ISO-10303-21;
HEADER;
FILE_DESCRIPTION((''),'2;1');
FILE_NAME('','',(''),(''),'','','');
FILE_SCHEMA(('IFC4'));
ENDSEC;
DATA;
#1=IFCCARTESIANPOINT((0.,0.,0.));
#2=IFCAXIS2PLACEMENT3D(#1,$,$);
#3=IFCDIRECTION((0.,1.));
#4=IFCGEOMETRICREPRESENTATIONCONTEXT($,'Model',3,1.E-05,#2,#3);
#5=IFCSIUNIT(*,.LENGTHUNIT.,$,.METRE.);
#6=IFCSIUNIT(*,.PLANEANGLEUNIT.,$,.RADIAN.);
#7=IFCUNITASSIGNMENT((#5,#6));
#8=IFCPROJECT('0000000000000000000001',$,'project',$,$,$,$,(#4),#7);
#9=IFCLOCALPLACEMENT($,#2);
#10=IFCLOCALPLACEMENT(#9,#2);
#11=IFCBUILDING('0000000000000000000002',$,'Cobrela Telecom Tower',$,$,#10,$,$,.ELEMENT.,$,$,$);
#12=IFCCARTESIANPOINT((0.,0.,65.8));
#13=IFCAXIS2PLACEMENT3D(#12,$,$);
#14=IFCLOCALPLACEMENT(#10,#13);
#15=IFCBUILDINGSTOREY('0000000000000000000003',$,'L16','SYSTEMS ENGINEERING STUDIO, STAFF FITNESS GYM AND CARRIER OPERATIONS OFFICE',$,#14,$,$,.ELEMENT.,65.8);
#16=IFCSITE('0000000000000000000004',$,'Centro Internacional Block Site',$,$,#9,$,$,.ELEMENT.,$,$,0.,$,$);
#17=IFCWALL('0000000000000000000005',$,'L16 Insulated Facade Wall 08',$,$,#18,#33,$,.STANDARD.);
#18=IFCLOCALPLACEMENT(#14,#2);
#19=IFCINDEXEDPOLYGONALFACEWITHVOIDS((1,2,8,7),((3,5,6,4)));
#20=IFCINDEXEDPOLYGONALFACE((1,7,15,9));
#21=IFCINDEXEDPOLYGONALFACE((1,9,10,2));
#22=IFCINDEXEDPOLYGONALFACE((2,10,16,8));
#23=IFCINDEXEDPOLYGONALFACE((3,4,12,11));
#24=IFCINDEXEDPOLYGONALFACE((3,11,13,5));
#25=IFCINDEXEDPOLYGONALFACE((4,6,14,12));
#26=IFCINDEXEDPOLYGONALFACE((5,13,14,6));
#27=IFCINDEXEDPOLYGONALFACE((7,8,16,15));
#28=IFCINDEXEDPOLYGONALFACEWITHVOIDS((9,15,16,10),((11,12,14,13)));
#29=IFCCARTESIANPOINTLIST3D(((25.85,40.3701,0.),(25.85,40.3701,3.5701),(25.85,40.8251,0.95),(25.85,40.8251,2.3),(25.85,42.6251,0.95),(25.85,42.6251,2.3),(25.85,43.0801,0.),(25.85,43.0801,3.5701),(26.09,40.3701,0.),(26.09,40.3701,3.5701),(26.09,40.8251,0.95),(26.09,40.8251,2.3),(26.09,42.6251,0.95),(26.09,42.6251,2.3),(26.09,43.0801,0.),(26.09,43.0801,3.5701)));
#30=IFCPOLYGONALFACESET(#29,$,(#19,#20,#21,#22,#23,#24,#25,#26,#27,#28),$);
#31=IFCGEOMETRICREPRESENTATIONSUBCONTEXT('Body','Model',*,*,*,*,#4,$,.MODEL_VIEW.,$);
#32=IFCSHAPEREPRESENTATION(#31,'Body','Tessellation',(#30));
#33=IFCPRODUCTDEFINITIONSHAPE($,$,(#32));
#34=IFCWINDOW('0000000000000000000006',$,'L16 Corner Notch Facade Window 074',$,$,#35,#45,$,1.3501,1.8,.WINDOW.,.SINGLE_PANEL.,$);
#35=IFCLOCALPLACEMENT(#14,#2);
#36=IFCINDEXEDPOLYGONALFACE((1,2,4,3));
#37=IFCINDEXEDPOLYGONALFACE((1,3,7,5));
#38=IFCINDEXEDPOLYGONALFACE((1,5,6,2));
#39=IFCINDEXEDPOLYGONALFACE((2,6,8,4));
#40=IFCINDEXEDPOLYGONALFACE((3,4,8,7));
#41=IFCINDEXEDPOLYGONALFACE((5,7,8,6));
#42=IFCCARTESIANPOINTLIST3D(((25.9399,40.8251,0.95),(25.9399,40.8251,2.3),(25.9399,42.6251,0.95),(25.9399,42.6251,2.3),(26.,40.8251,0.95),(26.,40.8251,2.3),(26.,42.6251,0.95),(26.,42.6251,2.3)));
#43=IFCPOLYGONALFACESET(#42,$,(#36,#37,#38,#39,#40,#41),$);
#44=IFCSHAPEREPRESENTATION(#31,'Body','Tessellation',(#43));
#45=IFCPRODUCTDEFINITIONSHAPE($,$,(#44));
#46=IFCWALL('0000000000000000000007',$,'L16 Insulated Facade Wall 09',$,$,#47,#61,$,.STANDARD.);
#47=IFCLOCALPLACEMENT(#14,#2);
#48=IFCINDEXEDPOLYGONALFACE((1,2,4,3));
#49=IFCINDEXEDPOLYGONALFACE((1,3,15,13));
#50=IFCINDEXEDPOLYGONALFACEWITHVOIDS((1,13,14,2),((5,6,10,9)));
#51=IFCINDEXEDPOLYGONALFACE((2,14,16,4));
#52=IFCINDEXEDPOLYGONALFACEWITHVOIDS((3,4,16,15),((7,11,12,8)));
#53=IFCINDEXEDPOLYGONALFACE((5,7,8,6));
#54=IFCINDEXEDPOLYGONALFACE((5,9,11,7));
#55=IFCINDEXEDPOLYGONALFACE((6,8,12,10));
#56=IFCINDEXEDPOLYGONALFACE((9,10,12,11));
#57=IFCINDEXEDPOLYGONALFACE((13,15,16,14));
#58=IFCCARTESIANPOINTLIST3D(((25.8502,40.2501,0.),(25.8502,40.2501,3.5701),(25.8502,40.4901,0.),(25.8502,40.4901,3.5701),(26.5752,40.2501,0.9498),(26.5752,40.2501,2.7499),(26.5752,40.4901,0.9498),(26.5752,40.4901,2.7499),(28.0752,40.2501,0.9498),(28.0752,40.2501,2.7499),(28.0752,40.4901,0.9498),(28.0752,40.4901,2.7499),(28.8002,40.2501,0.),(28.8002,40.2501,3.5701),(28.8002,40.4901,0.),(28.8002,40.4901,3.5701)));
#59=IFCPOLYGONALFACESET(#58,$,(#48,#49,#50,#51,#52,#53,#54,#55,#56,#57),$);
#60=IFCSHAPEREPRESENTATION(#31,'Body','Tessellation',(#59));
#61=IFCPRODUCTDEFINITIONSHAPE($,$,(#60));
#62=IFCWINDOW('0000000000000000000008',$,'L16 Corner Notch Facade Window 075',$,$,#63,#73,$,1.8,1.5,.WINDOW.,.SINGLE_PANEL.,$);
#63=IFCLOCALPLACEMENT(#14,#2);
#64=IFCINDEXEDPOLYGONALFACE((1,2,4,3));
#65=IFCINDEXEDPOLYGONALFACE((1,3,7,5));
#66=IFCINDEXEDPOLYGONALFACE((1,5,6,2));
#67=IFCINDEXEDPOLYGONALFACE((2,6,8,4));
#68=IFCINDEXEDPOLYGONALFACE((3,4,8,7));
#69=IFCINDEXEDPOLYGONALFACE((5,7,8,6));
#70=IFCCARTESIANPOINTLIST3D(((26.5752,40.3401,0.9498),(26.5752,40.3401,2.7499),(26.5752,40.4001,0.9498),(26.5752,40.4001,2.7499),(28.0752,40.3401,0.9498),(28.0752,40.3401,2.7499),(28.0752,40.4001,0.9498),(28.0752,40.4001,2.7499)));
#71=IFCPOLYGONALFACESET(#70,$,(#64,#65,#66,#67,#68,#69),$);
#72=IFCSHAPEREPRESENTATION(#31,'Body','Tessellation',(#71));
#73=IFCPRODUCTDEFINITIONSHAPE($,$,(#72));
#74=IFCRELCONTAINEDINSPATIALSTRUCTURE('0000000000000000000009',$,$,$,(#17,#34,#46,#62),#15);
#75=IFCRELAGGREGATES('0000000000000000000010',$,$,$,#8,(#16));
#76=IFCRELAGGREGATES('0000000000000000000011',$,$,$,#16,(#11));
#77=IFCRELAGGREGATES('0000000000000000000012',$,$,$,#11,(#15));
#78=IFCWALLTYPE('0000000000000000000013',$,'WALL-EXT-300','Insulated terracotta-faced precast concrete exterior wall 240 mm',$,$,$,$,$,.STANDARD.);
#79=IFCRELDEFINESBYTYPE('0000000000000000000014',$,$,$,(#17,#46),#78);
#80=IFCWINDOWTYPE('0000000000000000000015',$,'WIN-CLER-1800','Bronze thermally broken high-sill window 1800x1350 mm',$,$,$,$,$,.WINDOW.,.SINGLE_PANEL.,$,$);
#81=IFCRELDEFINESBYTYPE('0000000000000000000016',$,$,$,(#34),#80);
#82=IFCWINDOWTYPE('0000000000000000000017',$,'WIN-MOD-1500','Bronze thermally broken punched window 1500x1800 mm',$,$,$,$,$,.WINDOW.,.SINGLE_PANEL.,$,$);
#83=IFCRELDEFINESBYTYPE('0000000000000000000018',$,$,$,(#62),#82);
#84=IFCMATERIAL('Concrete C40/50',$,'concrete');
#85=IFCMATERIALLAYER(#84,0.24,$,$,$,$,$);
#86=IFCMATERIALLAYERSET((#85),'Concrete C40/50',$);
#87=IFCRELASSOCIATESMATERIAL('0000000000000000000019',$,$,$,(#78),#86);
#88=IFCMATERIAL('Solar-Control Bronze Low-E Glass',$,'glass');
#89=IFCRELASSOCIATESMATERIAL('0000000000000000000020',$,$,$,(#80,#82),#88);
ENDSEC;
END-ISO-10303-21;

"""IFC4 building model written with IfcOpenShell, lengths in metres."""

from ifc_helpers import new_model, si_unit, direction, frame, frame_2d, origin, place, context, subcontext, project, spatial, rectangle, extrude, material, layer, layer_set, type_object, element, fill, save


model = new_model("IFC4")

# Units and contexts
model_context = context("Model", 3, precision=1e-05, world=origin(), true_north=direction((0.0, 1.0)))
body_context = subcontext(model_context, "Body", "Model", "MODEL_VIEW")
ifc_project = project(units=[si_unit("LENGTHUNIT", "METRE"), si_unit("PLANEANGLEUNIT", "RADIAN")], contexts=[model_context])

# Site, building, storey
site_placement = place(None, origin())
site = spatial("IfcSite", under=ifc_project, at=site_placement, Name="Centro Internacional Block Site", CompositionType="ELEMENT", RefElevation=0.0)
building_placement = place(site_placement, origin())
building = spatial("IfcBuilding", under=site, at=building_placement, Name="Cobrela Telecom Tower", CompositionType="ELEMENT")
storey_placement = place(building_placement, frame((0.0, 0.0, 65.8)))
storey = spatial("IfcBuildingStorey", under=building, at=storey_placement, Name="L16", Description="SYSTEMS ENGINEERING STUDIO, STAFF FITNESS GYM AND CARRIER OPERATIONS OFFICE", CompositionType="ELEMENT", Elevation=65.8)

# Shared definitions
ifc_material_1 = material(Name="Solar-Control Bronze Low-E Glass", Category="glass")

# Walls, openings, windows
ifc_material_2 = material(Name="Concrete C40/50", Category="concrete")
ifc_layer_1 = layer(ifc_material_2, 0.24)
ifc_layer_set_1 = layer_set([ifc_layer_1], Name="Concrete C40/50")
wall_type = type_object("IfcWallType", Name="WALL-EXT-300", Description="Insulated terracotta-faced precast concrete exterior wall 240 mm", PredefinedType="STANDARD", material=ifc_layer_set_1)
wall_1_placement = place(storey_placement, frame((25.97, 43.0801, 0.0), z_axis=(0.0, 0.0, 1.0), x_axis=(0.0, -1.0, 0.0)))
wall_1 = element("IfcWall", 1, at=wall_1_placement, inside=storey, type_object=wall_type, Name="L16 Insulated Facade Wall 08", PredefinedType="STANDARD", context=body_context, shape_type="SweptSolid", body=[
    extrude(rectangle(XDim=2.71, YDim=0.24, at=frame_2d((1.355, 0.0))), origin(), (0.0, 0.0, 1.0), 3.5701),
])
opening_1_placement = place(wall_1_placement, frame((0.4551, 0.0, 0.95)))
opening_1 = element("IfcOpeningElement", 2, at=opening_1_placement, cuts=wall_1, PredefinedType="OPENING", context=body_context, shape_type="SweptSolid", body=[
    extrude(rectangle(XDim=1.8, YDim=1.3501, at=frame_2d((0.8999, 0.675))), frame((0.0, 0.1318, 0.0), z_axis=(0.0, -1.0, 0.0), x_axis=(1.0, 0.0, 0.0)), (0.0, 0.0, 1.0), 0.2639),
])
window_type_1 = type_object("IfcWindowType", Name="WIN-CLER-1800", Description="Bronze thermally broken high-sill window 1800x1350 mm", PartitioningType="SINGLE_PANEL", PredefinedType="WINDOW", material=ifc_material_1)
window_1_placement = place(opening_1_placement, origin())
window_1 = element("IfcWindow", 3, at=window_1_placement, inside=storey, type_object=window_type_1, Name="L16 Corner Notch Facade Window 074", OverallHeight=1.3501, OverallWidth=1.8, PartitioningType="SINGLE_PANEL", PredefinedType="WINDOW", context=body_context, shape_type="SweptSolid", body=[
    extrude(rectangle(XDim=1.8, YDim=1.3501, at=frame_2d((0.8999, 0.675))), frame((0.0, 0.03, 0.0), z_axis=(0.0, -1.0, 0.0), x_axis=(1.0, 0.0, 0.0)), (0.0, 0.0, 1.0), 0.0601),
])
fill(opening_1, window_1)
wall_2_placement = place(storey_placement, frame((25.8501, 40.3701, 0.0), z_axis=(0.0, 0.0, 1.0), x_axis=(1.0, 0.0, 0.0)))
wall_2 = element("IfcWall", 4, at=wall_2_placement, inside=storey, type_object=wall_type, Name="L16 Insulated Facade Wall 09", PredefinedType="STANDARD", context=body_context, shape_type="SweptSolid", body=[
    extrude(rectangle(XDim=2.95, YDim=0.24, at=frame_2d((1.4751, 0.0))), origin(), (0.0, 0.0, 1.0), 3.5701),
])
opening_2_placement = place(wall_2_placement, frame((0.7251, 0.0, 0.95)))
opening_2 = element("IfcOpeningElement", 5, at=opening_2_placement, cuts=wall_2, PredefinedType="OPENING", context=body_context, shape_type="SweptSolid", body=[
    extrude(rectangle(XDim=1.5, YDim=1.8, at=frame_2d((0.75, 0.8999))), frame((0.0, 0.1318, 0.0), z_axis=(0.0, -1.0, 0.0), x_axis=(1.0, 0.0, 0.0)), (0.0, 0.0, 1.0), 0.2639),
])
window_type_2 = type_object("IfcWindowType", Name="WIN-MOD-1500", Description="Bronze thermally broken punched window 1500x1800 mm", PartitioningType="SINGLE_PANEL", PredefinedType="WINDOW", material=ifc_material_1)
window_2_placement = place(opening_2_placement, origin())
window_2 = element("IfcWindow", 6, at=window_2_placement, inside=storey, type_object=window_type_2, Name="L16 Corner Notch Facade Window 075", OverallHeight=1.8, OverallWidth=1.5, PartitioningType="SINGLE_PANEL", PredefinedType="WINDOW", context=body_context, shape_type="SweptSolid", body=[
    extrude(rectangle(XDim=1.5, YDim=1.8, at=frame_2d((0.75, 0.8999))), frame((0.0, 0.03, 0.0), z_axis=(0.0, -1.0, 0.0), x_axis=(1.0, 0.0, 0.0)), (0.0, 0.0, 1.0), 0.0601),
])
fill(opening_2, window_2)

save(model, "model.ifc")
